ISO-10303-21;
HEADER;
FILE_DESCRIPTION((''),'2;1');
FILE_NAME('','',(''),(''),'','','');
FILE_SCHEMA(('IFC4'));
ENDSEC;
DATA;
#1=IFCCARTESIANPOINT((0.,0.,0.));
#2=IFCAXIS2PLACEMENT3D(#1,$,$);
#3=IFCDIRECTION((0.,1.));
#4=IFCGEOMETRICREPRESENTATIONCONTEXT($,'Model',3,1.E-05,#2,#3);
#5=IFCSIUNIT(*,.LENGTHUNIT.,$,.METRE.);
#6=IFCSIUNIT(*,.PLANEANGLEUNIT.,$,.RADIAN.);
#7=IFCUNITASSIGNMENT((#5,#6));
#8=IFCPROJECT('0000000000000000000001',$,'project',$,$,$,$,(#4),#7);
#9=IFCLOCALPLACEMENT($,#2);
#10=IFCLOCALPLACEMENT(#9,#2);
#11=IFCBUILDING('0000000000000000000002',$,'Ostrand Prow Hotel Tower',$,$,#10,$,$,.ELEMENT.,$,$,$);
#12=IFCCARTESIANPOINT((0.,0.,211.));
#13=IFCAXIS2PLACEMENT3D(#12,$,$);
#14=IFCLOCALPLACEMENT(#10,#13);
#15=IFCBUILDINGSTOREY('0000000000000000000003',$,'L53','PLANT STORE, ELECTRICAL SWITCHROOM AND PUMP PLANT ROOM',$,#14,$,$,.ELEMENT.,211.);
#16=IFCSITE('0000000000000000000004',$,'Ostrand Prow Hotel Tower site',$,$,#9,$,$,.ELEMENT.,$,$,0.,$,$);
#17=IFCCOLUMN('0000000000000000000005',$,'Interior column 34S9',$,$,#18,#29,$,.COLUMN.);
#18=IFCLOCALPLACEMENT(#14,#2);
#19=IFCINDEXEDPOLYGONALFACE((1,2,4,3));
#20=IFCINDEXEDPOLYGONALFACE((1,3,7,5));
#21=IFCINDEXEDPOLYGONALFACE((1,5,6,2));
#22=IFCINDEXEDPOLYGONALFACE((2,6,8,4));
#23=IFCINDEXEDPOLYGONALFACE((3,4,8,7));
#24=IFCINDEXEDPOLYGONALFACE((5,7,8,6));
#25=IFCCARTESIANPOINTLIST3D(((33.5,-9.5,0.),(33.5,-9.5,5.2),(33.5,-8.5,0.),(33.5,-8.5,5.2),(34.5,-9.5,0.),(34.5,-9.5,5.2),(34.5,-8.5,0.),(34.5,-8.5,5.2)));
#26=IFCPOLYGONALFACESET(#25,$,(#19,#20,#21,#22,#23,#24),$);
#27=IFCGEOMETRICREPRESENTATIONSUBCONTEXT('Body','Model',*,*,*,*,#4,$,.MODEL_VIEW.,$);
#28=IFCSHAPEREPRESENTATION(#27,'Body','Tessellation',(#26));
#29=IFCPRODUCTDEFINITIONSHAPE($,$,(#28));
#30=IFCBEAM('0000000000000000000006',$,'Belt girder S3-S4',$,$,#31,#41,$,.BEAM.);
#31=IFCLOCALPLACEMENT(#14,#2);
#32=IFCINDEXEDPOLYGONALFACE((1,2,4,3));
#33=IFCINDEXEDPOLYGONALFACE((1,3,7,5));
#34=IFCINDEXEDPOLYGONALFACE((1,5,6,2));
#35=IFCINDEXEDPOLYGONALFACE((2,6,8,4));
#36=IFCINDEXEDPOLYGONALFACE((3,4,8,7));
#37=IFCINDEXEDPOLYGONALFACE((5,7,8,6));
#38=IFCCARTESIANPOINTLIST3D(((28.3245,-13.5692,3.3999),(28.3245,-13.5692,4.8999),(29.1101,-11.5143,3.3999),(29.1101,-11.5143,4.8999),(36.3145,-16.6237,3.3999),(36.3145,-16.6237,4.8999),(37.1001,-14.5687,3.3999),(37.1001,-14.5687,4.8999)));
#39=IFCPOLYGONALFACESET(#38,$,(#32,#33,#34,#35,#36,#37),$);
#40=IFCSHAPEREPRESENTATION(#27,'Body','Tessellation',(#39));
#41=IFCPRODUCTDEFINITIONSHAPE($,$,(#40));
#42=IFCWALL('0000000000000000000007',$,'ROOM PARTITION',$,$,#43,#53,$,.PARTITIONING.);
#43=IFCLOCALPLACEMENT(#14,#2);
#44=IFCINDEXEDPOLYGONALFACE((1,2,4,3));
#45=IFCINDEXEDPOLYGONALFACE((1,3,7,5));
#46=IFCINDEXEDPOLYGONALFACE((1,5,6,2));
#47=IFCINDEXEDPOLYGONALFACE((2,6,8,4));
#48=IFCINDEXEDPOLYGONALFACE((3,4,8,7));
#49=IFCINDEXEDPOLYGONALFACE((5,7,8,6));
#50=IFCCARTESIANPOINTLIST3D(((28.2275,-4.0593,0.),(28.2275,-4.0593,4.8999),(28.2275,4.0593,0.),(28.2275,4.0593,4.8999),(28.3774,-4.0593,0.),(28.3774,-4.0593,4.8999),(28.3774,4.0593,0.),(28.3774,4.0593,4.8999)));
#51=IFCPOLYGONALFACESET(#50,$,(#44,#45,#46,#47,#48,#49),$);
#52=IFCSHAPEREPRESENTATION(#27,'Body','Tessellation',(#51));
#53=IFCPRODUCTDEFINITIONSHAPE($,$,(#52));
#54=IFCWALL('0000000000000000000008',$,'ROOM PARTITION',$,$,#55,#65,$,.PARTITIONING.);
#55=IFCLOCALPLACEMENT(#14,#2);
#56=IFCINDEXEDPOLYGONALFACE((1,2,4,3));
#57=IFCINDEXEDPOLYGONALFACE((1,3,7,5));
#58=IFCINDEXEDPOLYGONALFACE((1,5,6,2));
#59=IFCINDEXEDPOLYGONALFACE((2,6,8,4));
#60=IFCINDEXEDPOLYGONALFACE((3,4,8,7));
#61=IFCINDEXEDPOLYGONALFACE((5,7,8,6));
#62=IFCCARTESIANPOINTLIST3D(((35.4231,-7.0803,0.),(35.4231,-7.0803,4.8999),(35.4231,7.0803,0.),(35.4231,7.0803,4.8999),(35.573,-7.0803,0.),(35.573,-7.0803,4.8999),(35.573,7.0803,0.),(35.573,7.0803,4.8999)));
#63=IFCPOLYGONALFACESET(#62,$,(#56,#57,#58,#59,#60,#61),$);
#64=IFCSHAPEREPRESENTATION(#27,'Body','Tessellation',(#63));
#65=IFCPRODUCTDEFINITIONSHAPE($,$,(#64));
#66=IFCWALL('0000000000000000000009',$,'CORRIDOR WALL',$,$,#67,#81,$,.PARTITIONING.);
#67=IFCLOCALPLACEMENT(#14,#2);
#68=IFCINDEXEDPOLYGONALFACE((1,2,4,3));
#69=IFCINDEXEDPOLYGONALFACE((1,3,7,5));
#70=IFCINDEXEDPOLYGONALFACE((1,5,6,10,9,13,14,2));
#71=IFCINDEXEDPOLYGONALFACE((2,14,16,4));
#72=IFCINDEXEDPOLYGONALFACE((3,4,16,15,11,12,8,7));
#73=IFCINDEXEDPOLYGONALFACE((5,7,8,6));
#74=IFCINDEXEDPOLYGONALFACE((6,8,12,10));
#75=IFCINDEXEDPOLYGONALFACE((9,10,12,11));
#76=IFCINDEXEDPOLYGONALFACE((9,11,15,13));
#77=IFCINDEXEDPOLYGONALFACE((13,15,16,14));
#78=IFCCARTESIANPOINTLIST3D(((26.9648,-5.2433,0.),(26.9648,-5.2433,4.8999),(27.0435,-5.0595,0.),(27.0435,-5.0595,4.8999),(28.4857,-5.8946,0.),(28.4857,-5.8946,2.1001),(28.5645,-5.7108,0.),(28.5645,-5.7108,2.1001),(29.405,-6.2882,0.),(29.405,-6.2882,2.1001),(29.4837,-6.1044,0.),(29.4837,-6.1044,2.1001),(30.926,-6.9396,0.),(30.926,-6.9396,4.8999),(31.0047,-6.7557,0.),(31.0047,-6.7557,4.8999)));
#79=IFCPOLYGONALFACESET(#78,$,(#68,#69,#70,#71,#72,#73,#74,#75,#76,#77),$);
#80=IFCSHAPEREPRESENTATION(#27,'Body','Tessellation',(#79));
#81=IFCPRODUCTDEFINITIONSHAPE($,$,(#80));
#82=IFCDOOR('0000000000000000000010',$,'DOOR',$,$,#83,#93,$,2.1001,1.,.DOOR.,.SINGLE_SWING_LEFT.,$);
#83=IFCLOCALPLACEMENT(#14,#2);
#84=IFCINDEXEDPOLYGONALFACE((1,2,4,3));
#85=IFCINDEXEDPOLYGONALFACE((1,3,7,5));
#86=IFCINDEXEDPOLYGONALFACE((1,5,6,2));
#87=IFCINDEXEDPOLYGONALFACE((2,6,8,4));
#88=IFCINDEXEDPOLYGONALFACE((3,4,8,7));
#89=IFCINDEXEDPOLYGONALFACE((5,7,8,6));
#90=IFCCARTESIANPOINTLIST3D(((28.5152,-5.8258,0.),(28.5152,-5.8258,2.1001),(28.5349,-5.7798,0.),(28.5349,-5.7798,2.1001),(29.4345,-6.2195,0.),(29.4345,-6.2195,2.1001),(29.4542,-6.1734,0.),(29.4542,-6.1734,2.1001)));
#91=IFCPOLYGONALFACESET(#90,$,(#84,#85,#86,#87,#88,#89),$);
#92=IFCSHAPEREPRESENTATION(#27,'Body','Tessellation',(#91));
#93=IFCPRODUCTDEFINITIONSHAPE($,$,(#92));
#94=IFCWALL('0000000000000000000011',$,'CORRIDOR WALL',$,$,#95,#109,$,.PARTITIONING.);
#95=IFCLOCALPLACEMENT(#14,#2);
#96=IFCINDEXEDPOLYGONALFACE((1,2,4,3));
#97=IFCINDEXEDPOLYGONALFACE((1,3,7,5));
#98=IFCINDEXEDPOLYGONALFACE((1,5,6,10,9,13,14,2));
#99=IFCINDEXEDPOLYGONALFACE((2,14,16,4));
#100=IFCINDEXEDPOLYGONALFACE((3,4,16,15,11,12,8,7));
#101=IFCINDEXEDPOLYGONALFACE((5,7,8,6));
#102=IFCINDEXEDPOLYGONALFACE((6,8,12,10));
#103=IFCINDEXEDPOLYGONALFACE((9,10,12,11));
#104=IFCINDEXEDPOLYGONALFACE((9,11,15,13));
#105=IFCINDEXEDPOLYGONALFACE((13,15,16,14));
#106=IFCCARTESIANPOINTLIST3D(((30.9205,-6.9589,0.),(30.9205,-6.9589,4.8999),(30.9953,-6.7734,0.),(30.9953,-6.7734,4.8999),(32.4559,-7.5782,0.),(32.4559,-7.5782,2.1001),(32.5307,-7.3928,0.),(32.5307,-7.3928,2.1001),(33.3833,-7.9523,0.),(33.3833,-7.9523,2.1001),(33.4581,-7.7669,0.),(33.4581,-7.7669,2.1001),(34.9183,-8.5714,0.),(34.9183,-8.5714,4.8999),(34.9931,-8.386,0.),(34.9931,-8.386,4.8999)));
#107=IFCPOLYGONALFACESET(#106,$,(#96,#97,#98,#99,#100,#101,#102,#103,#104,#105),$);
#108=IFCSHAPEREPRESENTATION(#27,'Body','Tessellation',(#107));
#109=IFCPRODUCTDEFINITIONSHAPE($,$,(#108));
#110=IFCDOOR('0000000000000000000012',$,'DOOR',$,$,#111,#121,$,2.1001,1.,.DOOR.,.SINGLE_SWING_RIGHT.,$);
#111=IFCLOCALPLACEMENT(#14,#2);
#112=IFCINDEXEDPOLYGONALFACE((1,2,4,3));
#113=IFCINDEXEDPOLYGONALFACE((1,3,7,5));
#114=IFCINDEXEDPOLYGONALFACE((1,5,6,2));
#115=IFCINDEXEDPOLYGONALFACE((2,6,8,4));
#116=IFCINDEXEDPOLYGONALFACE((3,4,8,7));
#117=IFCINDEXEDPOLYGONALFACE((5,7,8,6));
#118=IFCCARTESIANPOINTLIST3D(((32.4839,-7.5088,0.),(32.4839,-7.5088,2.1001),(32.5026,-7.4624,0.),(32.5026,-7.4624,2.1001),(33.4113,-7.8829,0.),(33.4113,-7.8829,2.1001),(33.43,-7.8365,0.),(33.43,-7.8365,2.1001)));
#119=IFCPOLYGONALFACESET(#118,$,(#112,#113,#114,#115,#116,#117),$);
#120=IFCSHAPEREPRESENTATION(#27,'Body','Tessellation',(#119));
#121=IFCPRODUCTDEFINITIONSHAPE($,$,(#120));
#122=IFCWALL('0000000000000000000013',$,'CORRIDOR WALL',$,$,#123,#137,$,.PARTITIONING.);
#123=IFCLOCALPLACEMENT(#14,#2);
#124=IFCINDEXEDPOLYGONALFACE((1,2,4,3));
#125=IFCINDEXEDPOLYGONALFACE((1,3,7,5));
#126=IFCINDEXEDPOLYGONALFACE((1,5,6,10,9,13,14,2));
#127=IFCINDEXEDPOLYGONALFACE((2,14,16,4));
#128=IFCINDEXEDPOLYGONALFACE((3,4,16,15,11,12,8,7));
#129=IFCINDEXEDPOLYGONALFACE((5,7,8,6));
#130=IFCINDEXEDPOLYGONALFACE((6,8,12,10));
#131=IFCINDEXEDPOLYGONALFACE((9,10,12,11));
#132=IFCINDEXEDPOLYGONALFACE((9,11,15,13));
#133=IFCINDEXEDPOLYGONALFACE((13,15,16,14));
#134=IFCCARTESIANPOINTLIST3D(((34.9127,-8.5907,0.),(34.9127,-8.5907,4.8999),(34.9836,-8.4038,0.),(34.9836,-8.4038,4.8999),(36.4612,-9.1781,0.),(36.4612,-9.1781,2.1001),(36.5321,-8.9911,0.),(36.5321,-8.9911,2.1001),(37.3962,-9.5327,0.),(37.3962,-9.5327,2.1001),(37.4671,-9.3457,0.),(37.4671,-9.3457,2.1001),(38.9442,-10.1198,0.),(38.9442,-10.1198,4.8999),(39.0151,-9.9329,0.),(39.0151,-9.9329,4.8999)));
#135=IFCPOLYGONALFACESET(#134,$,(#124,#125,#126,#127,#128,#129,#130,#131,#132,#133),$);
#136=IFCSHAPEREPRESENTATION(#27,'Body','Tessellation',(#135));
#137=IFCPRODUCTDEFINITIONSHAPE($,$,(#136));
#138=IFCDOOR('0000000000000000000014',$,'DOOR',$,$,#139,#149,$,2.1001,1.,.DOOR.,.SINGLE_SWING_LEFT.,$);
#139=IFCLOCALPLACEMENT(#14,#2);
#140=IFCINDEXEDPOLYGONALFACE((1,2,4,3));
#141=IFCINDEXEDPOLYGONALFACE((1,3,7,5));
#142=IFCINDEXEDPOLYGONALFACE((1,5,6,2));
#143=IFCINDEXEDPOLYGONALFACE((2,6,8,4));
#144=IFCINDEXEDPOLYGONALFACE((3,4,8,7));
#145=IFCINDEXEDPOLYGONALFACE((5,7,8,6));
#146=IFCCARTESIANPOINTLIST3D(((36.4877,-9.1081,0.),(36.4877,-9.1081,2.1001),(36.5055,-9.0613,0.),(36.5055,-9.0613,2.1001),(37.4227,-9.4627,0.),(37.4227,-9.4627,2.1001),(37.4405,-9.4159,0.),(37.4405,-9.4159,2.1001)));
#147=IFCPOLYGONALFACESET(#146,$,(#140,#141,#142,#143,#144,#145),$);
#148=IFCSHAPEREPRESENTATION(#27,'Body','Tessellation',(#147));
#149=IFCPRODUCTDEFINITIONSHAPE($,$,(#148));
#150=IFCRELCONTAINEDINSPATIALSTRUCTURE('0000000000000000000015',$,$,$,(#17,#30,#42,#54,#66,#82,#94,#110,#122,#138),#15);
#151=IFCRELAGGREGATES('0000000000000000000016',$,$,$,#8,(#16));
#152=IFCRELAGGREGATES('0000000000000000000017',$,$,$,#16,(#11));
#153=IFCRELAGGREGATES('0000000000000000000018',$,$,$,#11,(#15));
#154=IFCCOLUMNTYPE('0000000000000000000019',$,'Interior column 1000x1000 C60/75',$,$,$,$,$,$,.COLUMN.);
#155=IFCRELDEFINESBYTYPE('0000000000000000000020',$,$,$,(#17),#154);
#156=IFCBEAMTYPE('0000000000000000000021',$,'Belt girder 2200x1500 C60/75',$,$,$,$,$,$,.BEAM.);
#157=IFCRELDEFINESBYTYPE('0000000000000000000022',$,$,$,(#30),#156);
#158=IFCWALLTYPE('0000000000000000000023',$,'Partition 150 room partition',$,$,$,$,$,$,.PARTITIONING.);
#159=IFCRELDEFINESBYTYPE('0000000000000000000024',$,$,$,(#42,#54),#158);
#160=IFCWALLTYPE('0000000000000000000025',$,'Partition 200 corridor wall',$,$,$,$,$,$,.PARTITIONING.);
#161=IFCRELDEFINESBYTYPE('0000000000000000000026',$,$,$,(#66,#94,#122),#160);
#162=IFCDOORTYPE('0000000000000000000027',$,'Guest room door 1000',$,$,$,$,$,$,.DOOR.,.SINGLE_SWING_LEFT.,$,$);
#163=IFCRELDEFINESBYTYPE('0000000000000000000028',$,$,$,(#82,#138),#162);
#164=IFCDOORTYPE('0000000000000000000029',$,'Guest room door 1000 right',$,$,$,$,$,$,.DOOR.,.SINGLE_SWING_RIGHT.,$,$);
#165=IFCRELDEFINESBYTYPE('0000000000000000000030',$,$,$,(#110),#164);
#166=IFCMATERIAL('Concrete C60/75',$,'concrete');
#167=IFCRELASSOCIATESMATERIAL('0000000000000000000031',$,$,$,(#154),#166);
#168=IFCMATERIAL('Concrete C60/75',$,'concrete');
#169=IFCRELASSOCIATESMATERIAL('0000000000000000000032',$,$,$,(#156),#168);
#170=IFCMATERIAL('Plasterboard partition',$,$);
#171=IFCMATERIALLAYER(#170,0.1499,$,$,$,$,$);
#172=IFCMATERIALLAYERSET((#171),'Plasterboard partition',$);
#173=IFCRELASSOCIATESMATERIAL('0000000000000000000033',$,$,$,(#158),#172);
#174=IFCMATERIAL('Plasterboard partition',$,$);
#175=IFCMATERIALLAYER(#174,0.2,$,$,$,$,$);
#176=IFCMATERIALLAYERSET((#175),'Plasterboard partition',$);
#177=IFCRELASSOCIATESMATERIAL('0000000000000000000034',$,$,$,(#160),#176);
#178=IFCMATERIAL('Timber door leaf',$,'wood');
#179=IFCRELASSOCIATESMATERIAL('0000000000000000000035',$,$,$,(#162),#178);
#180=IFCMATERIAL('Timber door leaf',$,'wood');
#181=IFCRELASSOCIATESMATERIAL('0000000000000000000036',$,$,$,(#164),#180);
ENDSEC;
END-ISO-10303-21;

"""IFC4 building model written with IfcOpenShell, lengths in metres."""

from ifc_helpers import new_model, si_unit, direction, frame, frame_2d, origin, origin_2d, place, context, subcontext, project, spatial, rectangle, extrude, material, layer, layer_set, material_profile, profile_set, type_object, element, fill, save


model = new_model("IFC4")

# Units and contexts
model_context = context("Model", 3, precision=1e-05, world=origin(), true_north=direction((0.0, 1.0)))
body_context = subcontext(model_context, "Body", "Model", "MODEL_VIEW")
ifc_project = project(units=[si_unit("LENGTHUNIT", "METRE"), si_unit("PLANEANGLEUNIT", "RADIAN")], contexts=[model_context])

# Site, building, storey
site_placement = place(None, origin())
site = spatial("IfcSite", under=ifc_project, at=site_placement, Name="Ostrand Prow Hotel Tower site", CompositionType="ELEMENT", RefElevation=0.0)
building_placement = place(site_placement, origin())
building = spatial("IfcBuilding", under=site, at=building_placement, Name="Ostrand Prow Hotel Tower", CompositionType="ELEMENT")
storey_placement = place(building_placement, frame((0.0, 0.0, 211.0)))
storey = spatial("IfcBuildingStorey", under=building, at=storey_placement, Name="L53", Description="PLANT STORE, ELECTRICAL SWITCHROOM AND PUMP PLANT ROOM", CompositionType="ELEMENT", Elevation=211.0)

# Column
ifc_material_1 = material(Name="Concrete C60/75", Category="concrete")
ifc_material_profile_1 = material_profile(ifc_material_1, rectangle(XDim=1.0, YDim=1.0, at=origin_2d()), Name="RC 1000x1000")
ifc_profile_set_1 = profile_set([ifc_material_profile_1], Name="Concrete C60/75")
column_type = type_object("IfcColumnType", Name="Interior column 1000x1000 C60/75", PredefinedType="COLUMN", material=ifc_profile_set_1)
column_placement = place(storey_placement, frame((34.0, -9.0, 0.0), z_axis=(0.0, 0.0, 1.0), x_axis=(1.0, 0.0, 0.0)))
element("IfcColumn", 1, at=column_placement, inside=storey, type_object=column_type, Name="Interior column 34S9", PredefinedType="COLUMN", context=body_context, shape_type="SweptSolid", body=[
    extrude(rectangle(XDim=1.0, YDim=1.0, at=origin_2d()), origin(), (0.0, 0.0, 1.0), 5.2),
])

# Beam
ifc_material_2 = material(Name="Concrete C60/75", Category="concrete")
ifc_material_profile_2 = material_profile(ifc_material_2, rectangle(XDim=2.2, YDim=1.5, at=origin_2d()), Name="RC 2200x1500")
ifc_profile_set_2 = profile_set([ifc_material_profile_2], Name="Concrete C60/75")
beam_type = type_object("IfcBeamType", Name="Belt girder 2200x1500 C60/75", PredefinedType="BEAM", material=ifc_profile_set_2)
beam_placement = place(storey_placement, frame((28.7173, -12.5417, 4.1499), z_axis=(0.934073, -0.357081, 0.0), x_axis=(0.357081, 0.934073, 0.0)))
element("IfcBeam", 2, at=beam_placement, inside=storey, type_object=beam_type, Name="Belt girder S3-S4", PredefinedType="BEAM", context=body_context, shape_type="SweptSolid", body=[
    extrude(rectangle(XDim=2.2, YDim=1.5, at=origin_2d()), origin(), (0.0, 0.0, 1.0), 8.554),
])

# Walls
ifc_material_3 = material(Name="Plasterboard partition")
ifc_layer_1 = layer(ifc_material_3, 0.1499)
ifc_layer_set_1 = layer_set([ifc_layer_1], Name="Plasterboard partition")
wall_type_1 = type_object("IfcWallType", Name="Partition 150 room partition", PredefinedType="PARTITIONING", material=ifc_layer_set_1)
wall_1_placement = place(storey_placement, frame((28.3025, -4.0593, 0.0), z_axis=(0.0, 0.0, 1.0), x_axis=(0.0, 1.0, 0.0)))
element("IfcWall", 3, at=wall_1_placement, inside=storey, type_object=wall_type_1, Name="ROOM PARTITION", PredefinedType="PARTITIONING", context=body_context, shape_type="SweptSolid", body=[
    extrude(rectangle(XDim=8.1187, YDim=0.1499, at=frame_2d((4.0593, 0.0))), origin(), (0.0, 0.0, 1.0), 4.8999),
])
wall_2_placement = place(storey_placement, frame((35.498, -7.0803, 0.0), z_axis=(0.0, 0.0, 1.0), x_axis=(0.0, 1.0, 0.0)))
element("IfcWall", 4, at=wall_2_placement, inside=storey, type_object=wall_type_1, Name="ROOM PARTITION", PredefinedType="PARTITIONING", context=body_context, shape_type="SweptSolid", body=[
    extrude(rectangle(XDim=14.1606, YDim=0.1499, at=frame_2d((7.0803, 0.0))), origin(), (0.0, 0.0, 1.0), 4.8999),
])

# Walls, openings, doors
ifc_material_4 = material(Name="Plasterboard partition")
ifc_layer_2 = layer(ifc_material_4, 0.2)
ifc_layer_set_2 = layer_set([ifc_layer_2], Name="Plasterboard partition")
wall_type_2 = type_object("IfcWallType", Name="Partition 200 corridor wall", PredefinedType="PARTITIONING", material=ifc_layer_set_2)
wall_3_placement = place(storey_placement, frame((27.0042, -5.1514, 0.0), z_axis=(0.0, 0.0, 1.0), x_axis=(0.919259, -0.393653, 0.0)))
wall_3 = element("IfcWall", 5, at=wall_3_placement, inside=storey, type_object=wall_type_2, Name="CORRIDOR WALL", PredefinedType="PARTITIONING", context=body_context, shape_type="SweptSolid", body=[
    extrude(rectangle(XDim=4.3091, YDim=0.2, at=frame_2d((2.1545, 0.0))), origin(), (0.0, 0.0, 1.0), 4.8999),
])
opening_1_placement = place(wall_3_placement, frame((1.6545, 0.0, 0.0)))
opening_1 = element("IfcOpeningElement", 6, at=opening_1_placement, cuts=wall_3, PredefinedType="OPENING", context=body_context, shape_type="SweptSolid", body=[
    extrude(rectangle(XDim=1.0, YDim=2.1001, at=frame_2d((0.5, 1.05))), frame((0.0, 0.1099, 0.0), z_axis=(0.0, -1.0, 0.0), x_axis=(1.0, 0.0, 0.0)), (0.0, 0.0, 1.0), 0.22),
])
ifc_material_5 = material(Name="Timber door leaf", Category="wood")
door_type_1 = type_object("IfcDoorType", Name="Guest room door 1000", OperationType="SINGLE_SWING_LEFT", PredefinedType="DOOR", material=ifc_material_5)
door_1_placement = place(opening_1_placement, origin())
door_1 = element("IfcDoor", 7, at=door_1_placement, inside=storey, type_object=door_type_1, Name="DOOR", OperationType="SINGLE_SWING_LEFT", OverallHeight=2.1001, OverallWidth=1.0, PredefinedType="DOOR", context=body_context, shape_type="SweptSolid", body=[
    extrude(rectangle(XDim=1.0, YDim=2.1001, at=frame_2d((0.5, 1.05))), frame((0.0, 0.0249, 0.0), z_axis=(0.0, -1.0, 0.0), x_axis=(1.0, 0.0, 0.0)), (0.0, 0.0, 1.0), 0.05),
])
fill(opening_1, door_1)
wall_4_placement = place(storey_placement, frame((30.958, -6.8662, 0.0), z_axis=(0.0, 0.0, 1.0), x_axis=(0.927399, -0.374074, 0.0)))
wall_4 = element("IfcWall", 8, at=wall_4_placement, inside=storey, type_object=wall_type_2, Name="CORRIDOR WALL", PredefinedType="PARTITIONING", context=body_context, shape_type="SweptSolid", body=[
    extrude(rectangle(XDim=4.3108, YDim=0.2, at=frame_2d((2.1553, 0.0))), origin(), (0.0, 0.0, 1.0), 4.8999),
])
opening_2_placement = place(wall_4_placement, frame((1.6555, 0.0, 0.0)))
opening_2 = element("IfcOpeningElement", 9, at=opening_2_placement, cuts=wall_4, PredefinedType="OPENING", context=body_context, shape_type="SweptSolid", body=[
    extrude(rectangle(XDim=1.0, YDim=2.1001, at=frame_2d((0.5, 1.05))), frame((0.0, 0.1099, 0.0), z_axis=(0.0, -1.0, 0.0), x_axis=(1.0, 0.0, 0.0)), (0.0, 0.0, 1.0), 0.22),
])
ifc_material_6 = material(Name="Timber door leaf", Category="wood")
door_type_2 = type_object("IfcDoorType", Name="Guest room door 1000 right", OperationType="SINGLE_SWING_RIGHT", PredefinedType="DOOR", material=ifc_material_6)
door_2_placement = place(opening_2_placement, origin())
door_2 = element("IfcDoor", 10, at=door_2_placement, inside=storey, type_object=door_type_2, Name="DOOR", OperationType="SINGLE_SWING_RIGHT", OverallHeight=2.1001, OverallWidth=1.0, PredefinedType="DOOR", context=body_context, shape_type="SweptSolid", body=[
    extrude(rectangle(XDim=1.0, YDim=2.1001, at=frame_2d((0.5, 1.05))), frame((0.0, 0.0249, 0.0), z_axis=(0.0, -1.0, 0.0), x_axis=(1.0, 0.0, 0.0)), (0.0, 0.0, 1.0), 0.05),
])
fill(opening_2, door_2)
wall_5_placement = place(storey_placement, frame((34.9482, -8.4973, 0.0), z_axis=(0.0, 0.0, 1.0), x_axis=(0.935008, -0.354627, 0.0)))
wall_5 = element("IfcWall", 11, at=wall_5_placement, inside=storey, type_object=wall_type_2, Name="CORRIDOR WALL", PredefinedType="PARTITIONING", context=body_context, shape_type="SweptSolid", body=[
    extrude(rectangle(XDim=4.3118, YDim=0.2, at=frame_2d((2.1558, 0.0))), origin(), (0.0, 0.0, 1.0), 4.8999),
])
opening_3_placement = place(wall_5_placement, frame((1.656, 0.0, 0.0)))
opening_3 = element("IfcOpeningElement", 12, at=opening_3_placement, cuts=wall_5, PredefinedType="OPENING", context=body_context, shape_type="SweptSolid", body=[
    extrude(rectangle(XDim=1.0, YDim=2.1001, at=frame_2d((0.5, 1.05))), frame((0.0, 0.1099, 0.0), z_axis=(0.0, -1.0, 0.0), x_axis=(1.0, 0.0, 0.0)), (0.0, 0.0, 1.0), 0.22),
])
door_3_placement = place(opening_3_placement, origin())
door_3 = element("IfcDoor", 13, at=door_3_placement, inside=storey, type_object=door_type_1, Name="DOOR", OperationType="SINGLE_SWING_LEFT", OverallHeight=2.1001, OverallWidth=1.0, PredefinedType="DOOR", context=body_context, shape_type="SweptSolid", body=[
    extrude(rectangle(XDim=1.0, YDim=2.1001, at=frame_2d((0.5, 1.05))), frame((0.0, 0.0249, 0.0), z_axis=(0.0, -1.0, 0.0), x_axis=(1.0, 0.0, 0.0)), (0.0, 0.0, 1.0), 0.05),
])
fill(opening_3, door_3)

save(model, "model.ifc")
